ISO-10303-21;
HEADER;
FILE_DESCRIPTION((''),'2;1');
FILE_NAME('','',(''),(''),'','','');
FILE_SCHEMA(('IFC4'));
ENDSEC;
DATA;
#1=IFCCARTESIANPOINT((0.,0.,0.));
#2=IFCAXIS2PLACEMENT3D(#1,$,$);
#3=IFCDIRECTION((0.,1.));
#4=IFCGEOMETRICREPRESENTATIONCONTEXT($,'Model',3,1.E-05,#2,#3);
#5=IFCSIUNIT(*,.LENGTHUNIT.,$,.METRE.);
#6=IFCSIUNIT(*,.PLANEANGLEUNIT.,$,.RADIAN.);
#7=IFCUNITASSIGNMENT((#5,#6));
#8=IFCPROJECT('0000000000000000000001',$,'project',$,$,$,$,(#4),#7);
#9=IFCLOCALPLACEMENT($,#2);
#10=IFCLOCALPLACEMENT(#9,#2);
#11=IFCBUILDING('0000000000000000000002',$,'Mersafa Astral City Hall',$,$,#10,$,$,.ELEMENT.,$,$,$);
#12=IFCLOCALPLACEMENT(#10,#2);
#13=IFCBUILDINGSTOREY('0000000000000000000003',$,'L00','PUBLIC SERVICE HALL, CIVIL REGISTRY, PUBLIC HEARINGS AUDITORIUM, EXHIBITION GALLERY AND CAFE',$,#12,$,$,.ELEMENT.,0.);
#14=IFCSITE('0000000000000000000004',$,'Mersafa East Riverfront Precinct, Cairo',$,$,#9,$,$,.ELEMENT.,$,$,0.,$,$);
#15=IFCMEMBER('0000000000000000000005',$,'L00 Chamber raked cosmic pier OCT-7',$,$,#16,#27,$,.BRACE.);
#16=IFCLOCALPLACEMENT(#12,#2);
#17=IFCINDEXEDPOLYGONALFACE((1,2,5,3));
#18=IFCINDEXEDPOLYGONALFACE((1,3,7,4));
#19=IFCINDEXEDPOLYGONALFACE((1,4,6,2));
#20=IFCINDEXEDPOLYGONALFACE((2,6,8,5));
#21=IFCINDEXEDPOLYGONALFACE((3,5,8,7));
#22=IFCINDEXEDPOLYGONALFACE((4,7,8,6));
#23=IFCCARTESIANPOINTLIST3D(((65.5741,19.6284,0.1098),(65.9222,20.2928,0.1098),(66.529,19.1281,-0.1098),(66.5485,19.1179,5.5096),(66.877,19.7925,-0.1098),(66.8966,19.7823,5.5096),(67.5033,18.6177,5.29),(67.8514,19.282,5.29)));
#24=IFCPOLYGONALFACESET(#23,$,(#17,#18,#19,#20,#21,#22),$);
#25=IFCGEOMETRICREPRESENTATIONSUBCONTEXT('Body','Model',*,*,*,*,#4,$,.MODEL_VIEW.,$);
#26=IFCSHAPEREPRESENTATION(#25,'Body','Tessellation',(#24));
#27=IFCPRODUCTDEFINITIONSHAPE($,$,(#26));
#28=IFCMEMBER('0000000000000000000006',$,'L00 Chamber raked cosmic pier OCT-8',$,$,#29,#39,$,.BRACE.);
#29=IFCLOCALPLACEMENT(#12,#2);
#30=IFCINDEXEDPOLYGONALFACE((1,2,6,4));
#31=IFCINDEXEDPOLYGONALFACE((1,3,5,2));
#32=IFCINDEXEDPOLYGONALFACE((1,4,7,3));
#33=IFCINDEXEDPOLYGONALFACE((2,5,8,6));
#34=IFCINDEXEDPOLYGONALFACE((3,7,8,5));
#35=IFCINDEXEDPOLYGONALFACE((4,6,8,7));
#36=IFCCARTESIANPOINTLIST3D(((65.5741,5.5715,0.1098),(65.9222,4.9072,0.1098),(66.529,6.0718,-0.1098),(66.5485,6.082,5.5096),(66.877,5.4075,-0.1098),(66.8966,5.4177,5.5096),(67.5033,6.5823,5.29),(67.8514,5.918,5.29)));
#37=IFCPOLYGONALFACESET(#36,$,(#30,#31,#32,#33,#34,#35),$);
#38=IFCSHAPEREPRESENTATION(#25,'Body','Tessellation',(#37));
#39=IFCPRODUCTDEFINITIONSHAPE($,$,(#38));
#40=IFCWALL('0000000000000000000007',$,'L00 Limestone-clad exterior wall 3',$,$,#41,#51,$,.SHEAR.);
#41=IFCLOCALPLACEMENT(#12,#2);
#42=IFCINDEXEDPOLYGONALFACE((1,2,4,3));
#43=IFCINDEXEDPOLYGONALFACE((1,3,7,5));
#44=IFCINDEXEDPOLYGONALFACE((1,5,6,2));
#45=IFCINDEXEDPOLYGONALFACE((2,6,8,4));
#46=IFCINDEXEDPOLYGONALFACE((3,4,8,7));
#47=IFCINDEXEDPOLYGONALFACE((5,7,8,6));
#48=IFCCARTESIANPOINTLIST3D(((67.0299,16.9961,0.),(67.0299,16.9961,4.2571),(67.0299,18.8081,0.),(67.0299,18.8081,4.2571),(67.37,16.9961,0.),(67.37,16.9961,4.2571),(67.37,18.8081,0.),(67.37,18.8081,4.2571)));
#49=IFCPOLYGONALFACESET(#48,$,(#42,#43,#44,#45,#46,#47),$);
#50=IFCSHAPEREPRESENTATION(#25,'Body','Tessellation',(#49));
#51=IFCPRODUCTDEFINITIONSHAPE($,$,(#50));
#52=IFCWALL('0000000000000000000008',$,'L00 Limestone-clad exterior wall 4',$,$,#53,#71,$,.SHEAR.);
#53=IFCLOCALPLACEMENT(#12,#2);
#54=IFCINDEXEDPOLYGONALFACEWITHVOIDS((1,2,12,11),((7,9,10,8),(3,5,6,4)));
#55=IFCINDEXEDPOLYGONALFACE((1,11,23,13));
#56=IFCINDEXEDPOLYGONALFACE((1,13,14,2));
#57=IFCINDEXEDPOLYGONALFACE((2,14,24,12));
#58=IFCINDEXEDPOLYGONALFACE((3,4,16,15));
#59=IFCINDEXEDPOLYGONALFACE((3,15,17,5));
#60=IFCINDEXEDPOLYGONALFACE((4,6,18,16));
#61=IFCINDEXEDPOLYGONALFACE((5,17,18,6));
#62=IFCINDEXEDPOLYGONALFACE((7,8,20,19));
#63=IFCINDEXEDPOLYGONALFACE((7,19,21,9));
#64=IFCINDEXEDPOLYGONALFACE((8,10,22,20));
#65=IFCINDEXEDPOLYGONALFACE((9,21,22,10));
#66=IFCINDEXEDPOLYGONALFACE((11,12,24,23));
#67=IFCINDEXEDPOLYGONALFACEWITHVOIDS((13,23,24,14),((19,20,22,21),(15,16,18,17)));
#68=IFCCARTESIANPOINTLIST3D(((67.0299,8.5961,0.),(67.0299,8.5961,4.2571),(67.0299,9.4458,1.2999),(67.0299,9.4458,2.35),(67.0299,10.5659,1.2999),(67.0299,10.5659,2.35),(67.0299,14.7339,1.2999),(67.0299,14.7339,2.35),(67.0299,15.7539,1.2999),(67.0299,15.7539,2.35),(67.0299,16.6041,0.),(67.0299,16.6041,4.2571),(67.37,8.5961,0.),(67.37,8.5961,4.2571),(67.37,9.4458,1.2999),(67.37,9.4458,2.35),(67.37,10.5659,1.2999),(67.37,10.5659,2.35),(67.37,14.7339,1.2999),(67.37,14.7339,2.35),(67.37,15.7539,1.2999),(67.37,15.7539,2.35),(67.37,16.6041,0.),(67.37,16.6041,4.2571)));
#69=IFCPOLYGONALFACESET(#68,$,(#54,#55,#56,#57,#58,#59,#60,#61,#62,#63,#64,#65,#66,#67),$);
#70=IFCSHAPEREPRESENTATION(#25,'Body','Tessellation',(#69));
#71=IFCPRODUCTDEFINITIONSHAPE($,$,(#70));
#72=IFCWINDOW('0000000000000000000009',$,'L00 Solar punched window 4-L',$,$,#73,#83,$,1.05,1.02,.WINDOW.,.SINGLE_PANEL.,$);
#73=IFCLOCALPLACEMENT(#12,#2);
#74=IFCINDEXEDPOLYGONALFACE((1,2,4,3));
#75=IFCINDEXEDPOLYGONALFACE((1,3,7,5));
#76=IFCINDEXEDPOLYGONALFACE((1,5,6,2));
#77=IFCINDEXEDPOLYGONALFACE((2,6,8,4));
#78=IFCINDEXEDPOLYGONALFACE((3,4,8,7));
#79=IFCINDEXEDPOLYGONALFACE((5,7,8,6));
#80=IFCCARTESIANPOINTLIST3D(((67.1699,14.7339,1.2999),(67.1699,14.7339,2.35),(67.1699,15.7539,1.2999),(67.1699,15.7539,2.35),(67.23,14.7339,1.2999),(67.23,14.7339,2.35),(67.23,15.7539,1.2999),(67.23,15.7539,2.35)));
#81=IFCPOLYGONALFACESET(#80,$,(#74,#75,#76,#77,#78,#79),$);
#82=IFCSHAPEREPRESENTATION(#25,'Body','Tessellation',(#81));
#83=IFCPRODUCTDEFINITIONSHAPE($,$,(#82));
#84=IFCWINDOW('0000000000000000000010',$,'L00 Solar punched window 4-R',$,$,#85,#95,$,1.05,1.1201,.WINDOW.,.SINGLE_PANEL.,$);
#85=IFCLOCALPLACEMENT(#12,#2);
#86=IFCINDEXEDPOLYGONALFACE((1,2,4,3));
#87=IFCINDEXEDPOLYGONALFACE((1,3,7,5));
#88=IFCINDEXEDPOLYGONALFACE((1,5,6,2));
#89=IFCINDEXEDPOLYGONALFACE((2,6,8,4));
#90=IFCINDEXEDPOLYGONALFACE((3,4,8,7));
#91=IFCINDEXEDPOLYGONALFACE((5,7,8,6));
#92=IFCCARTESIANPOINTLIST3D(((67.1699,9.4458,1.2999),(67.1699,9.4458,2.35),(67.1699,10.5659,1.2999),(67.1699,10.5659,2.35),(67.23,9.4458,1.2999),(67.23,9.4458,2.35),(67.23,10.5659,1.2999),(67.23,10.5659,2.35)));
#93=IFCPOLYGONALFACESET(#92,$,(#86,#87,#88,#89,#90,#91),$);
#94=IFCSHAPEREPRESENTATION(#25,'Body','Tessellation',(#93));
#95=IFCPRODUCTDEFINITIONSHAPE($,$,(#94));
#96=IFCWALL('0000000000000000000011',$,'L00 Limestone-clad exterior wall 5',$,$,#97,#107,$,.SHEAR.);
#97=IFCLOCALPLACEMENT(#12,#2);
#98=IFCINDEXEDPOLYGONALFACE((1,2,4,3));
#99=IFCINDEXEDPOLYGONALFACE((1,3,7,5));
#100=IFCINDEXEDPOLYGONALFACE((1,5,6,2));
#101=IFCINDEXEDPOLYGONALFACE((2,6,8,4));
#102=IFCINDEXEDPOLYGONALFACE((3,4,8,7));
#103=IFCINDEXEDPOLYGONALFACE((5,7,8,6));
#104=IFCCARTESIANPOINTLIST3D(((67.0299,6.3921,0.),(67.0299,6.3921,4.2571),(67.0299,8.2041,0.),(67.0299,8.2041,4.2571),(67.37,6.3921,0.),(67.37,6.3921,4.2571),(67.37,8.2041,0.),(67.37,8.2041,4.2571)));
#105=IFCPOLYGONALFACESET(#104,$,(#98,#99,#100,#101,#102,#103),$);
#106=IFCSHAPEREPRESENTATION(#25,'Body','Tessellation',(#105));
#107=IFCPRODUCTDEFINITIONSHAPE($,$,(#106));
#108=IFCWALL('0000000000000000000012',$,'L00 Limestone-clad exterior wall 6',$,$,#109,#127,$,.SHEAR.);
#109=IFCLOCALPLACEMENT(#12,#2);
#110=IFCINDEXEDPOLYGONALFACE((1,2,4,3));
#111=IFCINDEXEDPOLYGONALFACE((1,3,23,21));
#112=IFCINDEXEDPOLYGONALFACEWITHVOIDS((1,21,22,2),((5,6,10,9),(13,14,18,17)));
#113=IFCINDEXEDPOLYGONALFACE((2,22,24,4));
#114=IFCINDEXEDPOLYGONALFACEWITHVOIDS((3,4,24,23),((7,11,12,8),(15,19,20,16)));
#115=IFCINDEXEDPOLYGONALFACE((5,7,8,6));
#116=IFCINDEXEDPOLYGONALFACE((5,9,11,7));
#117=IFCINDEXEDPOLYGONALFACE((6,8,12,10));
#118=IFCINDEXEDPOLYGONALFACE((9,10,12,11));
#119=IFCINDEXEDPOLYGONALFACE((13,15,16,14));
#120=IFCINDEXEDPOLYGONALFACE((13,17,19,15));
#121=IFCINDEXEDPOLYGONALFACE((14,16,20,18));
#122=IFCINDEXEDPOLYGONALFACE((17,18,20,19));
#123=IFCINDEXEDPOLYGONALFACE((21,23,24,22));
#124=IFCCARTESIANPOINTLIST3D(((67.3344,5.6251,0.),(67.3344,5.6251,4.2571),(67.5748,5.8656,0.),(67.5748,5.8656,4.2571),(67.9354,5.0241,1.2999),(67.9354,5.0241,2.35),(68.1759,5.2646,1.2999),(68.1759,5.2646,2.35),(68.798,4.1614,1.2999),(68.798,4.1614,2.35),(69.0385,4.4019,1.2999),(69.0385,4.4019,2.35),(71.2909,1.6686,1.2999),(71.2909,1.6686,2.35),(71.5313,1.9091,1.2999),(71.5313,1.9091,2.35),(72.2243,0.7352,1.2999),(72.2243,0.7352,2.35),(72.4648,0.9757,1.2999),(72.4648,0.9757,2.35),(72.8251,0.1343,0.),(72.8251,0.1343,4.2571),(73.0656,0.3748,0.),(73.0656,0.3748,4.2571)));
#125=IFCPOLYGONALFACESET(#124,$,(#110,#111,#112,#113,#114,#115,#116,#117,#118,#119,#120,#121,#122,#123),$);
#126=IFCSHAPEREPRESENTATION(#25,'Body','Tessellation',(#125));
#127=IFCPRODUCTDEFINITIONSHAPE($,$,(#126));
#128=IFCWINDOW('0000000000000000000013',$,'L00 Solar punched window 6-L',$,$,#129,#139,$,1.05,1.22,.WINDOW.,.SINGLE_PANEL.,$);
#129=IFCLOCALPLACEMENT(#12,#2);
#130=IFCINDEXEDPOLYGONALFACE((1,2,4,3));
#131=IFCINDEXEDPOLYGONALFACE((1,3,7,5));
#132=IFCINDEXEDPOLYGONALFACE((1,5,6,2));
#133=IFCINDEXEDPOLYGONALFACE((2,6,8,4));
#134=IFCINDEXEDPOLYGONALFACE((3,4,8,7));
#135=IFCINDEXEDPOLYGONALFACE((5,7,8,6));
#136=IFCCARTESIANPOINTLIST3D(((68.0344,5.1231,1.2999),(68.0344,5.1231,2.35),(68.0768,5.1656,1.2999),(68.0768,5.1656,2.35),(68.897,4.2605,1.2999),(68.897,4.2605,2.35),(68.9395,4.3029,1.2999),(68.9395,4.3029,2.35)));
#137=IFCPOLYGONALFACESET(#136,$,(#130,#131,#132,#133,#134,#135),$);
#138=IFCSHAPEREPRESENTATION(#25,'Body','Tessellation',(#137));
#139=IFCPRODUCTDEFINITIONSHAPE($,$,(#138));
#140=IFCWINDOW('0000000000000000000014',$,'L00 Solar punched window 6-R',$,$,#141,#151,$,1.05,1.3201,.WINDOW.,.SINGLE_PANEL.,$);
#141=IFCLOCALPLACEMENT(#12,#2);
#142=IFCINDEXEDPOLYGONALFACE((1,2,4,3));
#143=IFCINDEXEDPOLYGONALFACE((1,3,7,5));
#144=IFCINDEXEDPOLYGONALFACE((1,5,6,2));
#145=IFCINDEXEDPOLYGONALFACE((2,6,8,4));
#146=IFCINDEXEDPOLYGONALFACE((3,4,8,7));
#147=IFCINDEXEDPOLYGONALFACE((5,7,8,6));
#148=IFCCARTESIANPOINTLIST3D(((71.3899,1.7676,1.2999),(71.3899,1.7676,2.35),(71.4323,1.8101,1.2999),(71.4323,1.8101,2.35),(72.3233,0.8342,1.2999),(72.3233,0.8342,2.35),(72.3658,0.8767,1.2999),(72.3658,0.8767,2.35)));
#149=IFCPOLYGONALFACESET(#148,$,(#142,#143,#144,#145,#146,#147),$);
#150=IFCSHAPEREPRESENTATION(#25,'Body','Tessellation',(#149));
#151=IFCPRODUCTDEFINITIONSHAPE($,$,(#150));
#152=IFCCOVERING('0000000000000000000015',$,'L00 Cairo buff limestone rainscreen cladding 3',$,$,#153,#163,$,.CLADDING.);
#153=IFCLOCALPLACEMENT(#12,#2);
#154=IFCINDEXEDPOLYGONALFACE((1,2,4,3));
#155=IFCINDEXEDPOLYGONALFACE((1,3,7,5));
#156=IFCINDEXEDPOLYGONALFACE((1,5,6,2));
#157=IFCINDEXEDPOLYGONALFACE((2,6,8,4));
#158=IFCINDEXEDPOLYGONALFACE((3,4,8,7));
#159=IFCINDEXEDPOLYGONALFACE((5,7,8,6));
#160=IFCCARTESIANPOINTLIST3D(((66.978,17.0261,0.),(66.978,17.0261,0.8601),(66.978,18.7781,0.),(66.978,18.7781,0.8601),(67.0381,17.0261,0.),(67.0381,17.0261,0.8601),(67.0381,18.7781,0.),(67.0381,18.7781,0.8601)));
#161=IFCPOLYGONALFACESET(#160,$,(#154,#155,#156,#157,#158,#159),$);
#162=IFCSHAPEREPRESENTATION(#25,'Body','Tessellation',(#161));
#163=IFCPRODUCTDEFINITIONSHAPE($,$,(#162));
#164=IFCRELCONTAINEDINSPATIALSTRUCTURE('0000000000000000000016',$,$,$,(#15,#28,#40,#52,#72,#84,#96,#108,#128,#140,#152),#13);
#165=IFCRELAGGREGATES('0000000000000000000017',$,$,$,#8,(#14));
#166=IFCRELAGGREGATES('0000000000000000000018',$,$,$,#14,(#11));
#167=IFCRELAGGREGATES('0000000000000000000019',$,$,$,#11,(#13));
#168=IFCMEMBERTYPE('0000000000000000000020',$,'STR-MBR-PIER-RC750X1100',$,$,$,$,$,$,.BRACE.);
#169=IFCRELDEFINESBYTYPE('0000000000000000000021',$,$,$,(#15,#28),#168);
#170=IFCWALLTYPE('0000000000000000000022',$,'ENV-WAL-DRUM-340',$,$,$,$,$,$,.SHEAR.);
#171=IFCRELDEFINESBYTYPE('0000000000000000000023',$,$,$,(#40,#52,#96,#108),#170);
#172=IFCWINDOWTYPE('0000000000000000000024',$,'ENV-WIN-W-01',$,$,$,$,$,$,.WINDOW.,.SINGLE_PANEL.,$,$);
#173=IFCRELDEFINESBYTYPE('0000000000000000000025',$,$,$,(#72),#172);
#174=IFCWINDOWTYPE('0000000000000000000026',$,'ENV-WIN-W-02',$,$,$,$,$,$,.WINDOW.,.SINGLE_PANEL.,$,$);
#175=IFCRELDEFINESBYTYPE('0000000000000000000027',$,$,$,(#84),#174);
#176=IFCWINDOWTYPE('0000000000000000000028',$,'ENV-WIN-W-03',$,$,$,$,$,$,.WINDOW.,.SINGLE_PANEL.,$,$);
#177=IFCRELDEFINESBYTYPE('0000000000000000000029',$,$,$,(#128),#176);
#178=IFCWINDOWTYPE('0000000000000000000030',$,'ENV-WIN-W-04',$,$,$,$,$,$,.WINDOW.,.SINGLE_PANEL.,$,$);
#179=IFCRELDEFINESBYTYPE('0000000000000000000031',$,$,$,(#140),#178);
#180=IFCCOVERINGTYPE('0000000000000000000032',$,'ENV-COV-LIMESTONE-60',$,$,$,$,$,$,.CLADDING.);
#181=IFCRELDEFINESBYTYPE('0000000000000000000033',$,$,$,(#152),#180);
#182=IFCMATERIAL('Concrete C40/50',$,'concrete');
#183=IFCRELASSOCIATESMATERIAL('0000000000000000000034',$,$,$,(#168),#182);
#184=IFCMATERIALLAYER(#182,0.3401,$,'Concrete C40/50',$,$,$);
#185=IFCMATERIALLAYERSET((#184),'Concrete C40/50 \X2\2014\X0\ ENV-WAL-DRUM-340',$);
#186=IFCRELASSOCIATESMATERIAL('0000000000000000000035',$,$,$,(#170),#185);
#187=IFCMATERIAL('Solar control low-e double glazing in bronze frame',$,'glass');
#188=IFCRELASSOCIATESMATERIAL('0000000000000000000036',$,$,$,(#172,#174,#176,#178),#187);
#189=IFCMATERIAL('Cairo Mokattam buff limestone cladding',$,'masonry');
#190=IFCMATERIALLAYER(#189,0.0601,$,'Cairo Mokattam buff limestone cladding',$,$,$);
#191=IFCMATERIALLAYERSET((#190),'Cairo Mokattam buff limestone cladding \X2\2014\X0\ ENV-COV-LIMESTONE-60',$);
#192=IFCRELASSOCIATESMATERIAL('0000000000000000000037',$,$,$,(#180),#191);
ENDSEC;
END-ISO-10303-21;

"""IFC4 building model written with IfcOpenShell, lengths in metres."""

from ifc_helpers import new_model, si_unit, direction, frame, frame_2d, origin, origin_2d, place, context, subcontext, project, spatial, rectangle, extrude, material, layer, layer_set, material_profile, profile_set, type_object, element, fill, save


model = new_model("IFC4")

# Units and contexts
model_context = context("Model", 3, precision=1e-05, world=origin(), true_north=direction((0.0, 1.0)))
body_context = subcontext(model_context, "Body", "Model", "MODEL_VIEW")
ifc_project = project(units=[si_unit("LENGTHUNIT", "METRE"), si_unit("PLANEANGLEUNIT", "RADIAN")], contexts=[model_context])

# Site, building, storey
site_placement = place(None, origin())
site = spatial("IfcSite", under=ifc_project, at=site_placement, Name="Mersafa East Riverfront Precinct, Cairo", CompositionType="ELEMENT", RefElevation=0.0)
building_placement = place(site_placement, origin())
building = spatial("IfcBuilding", under=site, at=building_placement, Name="Mersafa Astral City Hall", CompositionType="ELEMENT")
storey_placement = place(building_placement, origin())
storey = spatial("IfcBuildingStorey", under=building, at=storey_placement, Name="L00", Description="PUBLIC SERVICE HALL, CIVIL REGISTRY, PUBLIC HEARINGS AUDITORIUM, EXHIBITION GALLERY AND CAFE", CompositionType="ELEMENT", Elevation=0.0)

# Shared definitions
ifc_material_1 = material(Name="Concrete C40/50", Category="concrete")

# Members
ifc_material_profile_1 = material_profile(ifc_material_1, rectangle(XDim=0.75, YDim=1.1001, at=origin_2d()), Name="RC 750x1100")
ifc_profile_set_1 = profile_set([ifc_material_profile_1], Name="Concrete C40/50")
member_type = type_object("IfcMemberType", Name="STR-MBR-PIER-RC750X1100", PredefinedType="BRACE", material=ifc_profile_set_1)
for number, where, z_axis, x_axis, name in (
    (1, (66.2256, 19.7104, 0.0), (0.17681, -0.092636, 0.979876), (0.46409, 0.885788, 0.0), "L00 Chamber raked cosmic pier OCT-7"),
    (2, (66.2256, 5.4895, 0.0), (0.17681, 0.092636, 0.979876), (-0.46409, 0.885788, 0.0), "L00 Chamber raked cosmic pier OCT-8"),
):
    element("IfcMember", number, at=place(storey_placement, frame(where, z_axis=z_axis, x_axis=x_axis)), inside=storey, type_object=member_type, Name=name, PredefinedType="BRACE", context=body_context, shape_type="SweptSolid", body=[
        extrude(rectangle(XDim=0.75, YDim=1.1001, at=origin_2d()), origin(), (0.0, 0.0, 1.0), 5.5107),
    ])

# Wall
ifc_layer_1 = layer(ifc_material_1, 0.3401, Name="Concrete C40/50")
ifc_layer_set_1 = layer_set([ifc_layer_1], Name="Concrete C40/50 — ENV-WAL-DRUM-340")
wall_type = type_object("IfcWallType", Name="ENV-WAL-DRUM-340", PredefinedType="SHEAR", material=ifc_layer_set_1)
wall_1_placement = place(storey_placement, frame((67.2, 18.8081, 0.0), z_axis=(0.0, 0.0, 1.0), x_axis=(0.0, -1.0, 0.0)))
element("IfcWall", 3, at=wall_1_placement, inside=storey, type_object=wall_type, Name="L00 Limestone-clad exterior wall 3", PredefinedType="SHEAR", context=body_context, shape_type="SweptSolid", body=[
    extrude(rectangle(XDim=1.812, YDim=0.3401, at=frame_2d((0.906, 0.0))), origin(), (0.0, 0.0, 1.0), 4.2571),
])

# Wall, openings, windows
wall_2_placement = place(storey_placement, frame((67.2, 16.604, 0.0), z_axis=(0.0, 0.0, 1.0), x_axis=(0.0, -1.0, 0.0)))
wall_2 = element("IfcWall", 4, at=wall_2_placement, inside=storey, type_object=wall_type, Name="L00 Limestone-clad exterior wall 4", PredefinedType="SHEAR", context=body_context, shape_type="SweptSolid", body=[
    extrude(rectangle(XDim=8.0081, YDim=0.3401, at=frame_2d((4.0039, 0.0))), origin(), (0.0, 0.0, 1.0), 4.2571),
])
opening_1_placement = place(wall_2_placement, frame((0.8501, 0.0, 1.3)))
opening_1 = element("IfcOpeningElement", 5, at=opening_1_placement, cuts=wall_2, PredefinedType="OPENING", context=body_context, shape_type="SweptSolid", body=[
    extrude(rectangle(XDim=1.02, YDim=1.05, at=frame_2d((0.51, 0.5249))), frame((0.0, 0.1799, 0.0), z_axis=(0.0, -1.0, 0.0), x_axis=(1.0, 0.0, 0.0)), (0.0, 0.0, 1.0), 0.3601),
])
opening_2_placement = place(wall_2_placement, frame((6.0381, 0.0, 1.3)))
opening_2 = element("IfcOpeningElement", 6, at=opening_2_placement, cuts=wall_2, PredefinedType="OPENING", context=body_context, shape_type="SweptSolid", body=[
    extrude(rectangle(XDim=1.1201, YDim=1.05, at=frame_2d((0.5601, 0.5249))), frame((0.0, 0.1799, 0.0), z_axis=(0.0, -1.0, 0.0), x_axis=(1.0, 0.0, 0.0)), (0.0, 0.0, 1.0), 0.3601),
])
ifc_material_2 = material(Name="Solar control low-e double glazing in bronze frame", Category="glass")
window_type_1 = type_object("IfcWindowType", Name="ENV-WIN-W-01", PartitioningType="SINGLE_PANEL", PredefinedType="WINDOW", material=ifc_material_2)
window_1_placement = place(opening_1_placement, origin())
window_1 = element("IfcWindow", 7, at=window_1_placement, inside=storey, type_object=window_type_1, Name="L00 Solar punched window 4-L", OverallHeight=1.05, OverallWidth=1.02, PartitioningType="SINGLE_PANEL", PredefinedType="WINDOW", context=body_context, shape_type="SweptSolid", body=[
    extrude(rectangle(XDim=1.02, YDim=1.05, at=frame_2d((0.51, 0.5249))), frame((0.0, 0.03, 0.0), z_axis=(0.0, -1.0, 0.0), x_axis=(1.0, 0.0, 0.0)), (0.0, 0.0, 1.0), 0.0601),
])
fill(opening_1, window_1)
window_type_2 = type_object("IfcWindowType", Name="ENV-WIN-W-02", PartitioningType="SINGLE_PANEL", PredefinedType="WINDOW", material=ifc_material_2)
window_2_placement = place(opening_2_placement, origin())
window_2 = element("IfcWindow", 8, at=window_2_placement, inside=storey, type_object=window_type_2, Name="L00 Solar punched window 4-R", OverallHeight=1.05, OverallWidth=1.1201, PartitioningType="SINGLE_PANEL", PredefinedType="WINDOW", context=body_context, shape_type="SweptSolid", body=[
    extrude(rectangle(XDim=1.1201, YDim=1.05, at=frame_2d((0.5601, 0.5249))), frame((0.0, 0.03, 0.0), z_axis=(0.0, -1.0, 0.0), x_axis=(1.0, 0.0, 0.0)), (0.0, 0.0, 1.0), 0.0601),
])
fill(opening_2, window_2)

# Wall
wall_3_placement = place(storey_placement, frame((67.2, 8.2041, 0.0), z_axis=(0.0, 0.0, 1.0), x_axis=(0.0, -1.0, 0.0)))
element("IfcWall", 9, at=wall_3_placement, inside=storey, type_object=wall_type, Name="L00 Limestone-clad exterior wall 5", PredefinedType="SHEAR", context=body_context, shape_type="SweptSolid", body=[
    extrude(rectangle(XDim=1.812, YDim=0.3401, at=frame_2d((0.906, 0.0))), origin(), (0.0, 0.0, 1.0), 4.2571),
])

# Wall, openings, windows
wall_4_placement = place(storey_placement, frame((67.4546, 5.7454, 0.0), z_axis=(0.0, 0.0, 1.0), x_axis=(0.707107, -0.707107, 0.0)))
wall_4 = element("IfcWall", 10, at=wall_4_placement, inside=storey, type_object=wall_type, Name="L00 Limestone-clad exterior wall 6", PredefinedType="SHEAR", context=body_context, shape_type="SweptSolid", body=[
    extrude(rectangle(XDim=7.7651, YDim=0.3401, at=frame_2d((3.8826, 0.0))), origin(), (0.0, 0.0, 1.0), 4.2571),
])
opening_3_placement = place(wall_4_placement, frame((0.8501, 0.0, 1.3)))
opening_3 = element("IfcOpeningElement", 11, at=opening_3_placement, cuts=wall_4, PredefinedType="OPENING", context=body_context, shape_type="SweptSolid", body=[
    extrude(rectangle(XDim=1.22, YDim=1.05, at=frame_2d((0.6099, 0.5249))), frame((0.0, 0.1799, 0.0), z_axis=(0.0, -1.0, 0.0), x_axis=(1.0, 0.0, 0.0)), (0.0, 0.0, 1.0), 0.3601),
])
opening_4_placement = place(wall_4_placement, frame((5.5952, 0.0, 1.3)))
opening_4 = element("IfcOpeningElement", 12, at=opening_4_placement, cuts=wall_4, PredefinedType="OPENING", context=body_context, shape_type="SweptSolid", body=[
    extrude(rectangle(XDim=1.3201, YDim=1.05, at=frame_2d((0.6602, 0.5249))), frame((0.0, 0.1799, 0.0), z_axis=(0.0, -1.0, 0.0), x_axis=(1.0, 0.0, 0.0)), (0.0, 0.0, 1.0), 0.3601),
])
window_type_3 = type_object("IfcWindowType", Name="ENV-WIN-W-03", PartitioningType="SINGLE_PANEL", PredefinedType="WINDOW", material=ifc_material_2)
window_3_placement = place(opening_3_placement, origin())
window_3 = element("IfcWindow", 13, at=window_3_placement, inside=storey, type_object=window_type_3, Name="L00 Solar punched window 6-L", OverallHeight=1.05, OverallWidth=1.22, PartitioningType="SINGLE_PANEL", PredefinedType="WINDOW", context=body_context, shape_type="SweptSolid", body=[
    extrude(rectangle(XDim=1.22, YDim=1.05, at=frame_2d((0.6099, 0.5249))), frame((0.0, 0.03, 0.0), z_axis=(0.0, -1.0, 0.0), x_axis=(1.0, 0.0, 0.0)), (0.0, 0.0, 1.0), 0.0601),
])
fill(opening_3, window_3)
window_type_4 = type_object("IfcWindowType", Name="ENV-WIN-W-04", PartitioningType="SINGLE_PANEL", PredefinedType="WINDOW", material=ifc_material_2)
window_4_placement = place(opening_4_placement, origin())
window_4 = element("IfcWindow", 14, at=window_4_placement, inside=storey, type_object=window_type_4, Name="L00 Solar punched window 6-R", OverallHeight=1.05, OverallWidth=1.3201, PartitioningType="SINGLE_PANEL", PredefinedType="WINDOW", context=body_context, shape_type="SweptSolid", body=[
    extrude(rectangle(XDim=1.3201, YDim=1.05, at=frame_2d((0.6602, 0.5249))), frame((0.0, 0.03, 0.0), z_axis=(0.0, -1.0, 0.0), x_axis=(1.0, 0.0, 0.0)), (0.0, 0.0, 1.0), 0.0601),
])
fill(opening_4, window_4)

# Covering
ifc_material_3 = material(Name="Cairo Mokattam buff limestone cladding", Category="masonry")
ifc_layer_2 = layer(ifc_material_3, 0.0601, Name="Cairo Mokattam buff limestone cladding")
ifc_layer_set_2 = layer_set([ifc_layer_2], Name="Cairo Mokattam buff limestone cladding — ENV-COV-LIMESTONE-60")
covering_type = type_object("IfcCoveringType", Name="ENV-COV-LIMESTONE-60", PredefinedType="CLADDING", material=ifc_layer_set_2)
covering_1_placement = place(storey_placement, frame((67.0081, 17.9021, 0.0), z_axis=(0.0, 0.0, 1.0), x_axis=(0.0, -1.0, 0.0)))
element("IfcCovering", 15, at=covering_1_placement, inside=storey, type_object=covering_type, Name="L00 Cairo buff limestone rainscreen cladding 3", PredefinedType="CLADDING", context=body_context, shape_type="SweptSolid", body=[
    extrude(rectangle(XDim=1.752, YDim=0.0601, at=origin_2d()), origin(), (0.0, 0.0, 1.0), 0.8601),
])

save(model, "model.ifc")
